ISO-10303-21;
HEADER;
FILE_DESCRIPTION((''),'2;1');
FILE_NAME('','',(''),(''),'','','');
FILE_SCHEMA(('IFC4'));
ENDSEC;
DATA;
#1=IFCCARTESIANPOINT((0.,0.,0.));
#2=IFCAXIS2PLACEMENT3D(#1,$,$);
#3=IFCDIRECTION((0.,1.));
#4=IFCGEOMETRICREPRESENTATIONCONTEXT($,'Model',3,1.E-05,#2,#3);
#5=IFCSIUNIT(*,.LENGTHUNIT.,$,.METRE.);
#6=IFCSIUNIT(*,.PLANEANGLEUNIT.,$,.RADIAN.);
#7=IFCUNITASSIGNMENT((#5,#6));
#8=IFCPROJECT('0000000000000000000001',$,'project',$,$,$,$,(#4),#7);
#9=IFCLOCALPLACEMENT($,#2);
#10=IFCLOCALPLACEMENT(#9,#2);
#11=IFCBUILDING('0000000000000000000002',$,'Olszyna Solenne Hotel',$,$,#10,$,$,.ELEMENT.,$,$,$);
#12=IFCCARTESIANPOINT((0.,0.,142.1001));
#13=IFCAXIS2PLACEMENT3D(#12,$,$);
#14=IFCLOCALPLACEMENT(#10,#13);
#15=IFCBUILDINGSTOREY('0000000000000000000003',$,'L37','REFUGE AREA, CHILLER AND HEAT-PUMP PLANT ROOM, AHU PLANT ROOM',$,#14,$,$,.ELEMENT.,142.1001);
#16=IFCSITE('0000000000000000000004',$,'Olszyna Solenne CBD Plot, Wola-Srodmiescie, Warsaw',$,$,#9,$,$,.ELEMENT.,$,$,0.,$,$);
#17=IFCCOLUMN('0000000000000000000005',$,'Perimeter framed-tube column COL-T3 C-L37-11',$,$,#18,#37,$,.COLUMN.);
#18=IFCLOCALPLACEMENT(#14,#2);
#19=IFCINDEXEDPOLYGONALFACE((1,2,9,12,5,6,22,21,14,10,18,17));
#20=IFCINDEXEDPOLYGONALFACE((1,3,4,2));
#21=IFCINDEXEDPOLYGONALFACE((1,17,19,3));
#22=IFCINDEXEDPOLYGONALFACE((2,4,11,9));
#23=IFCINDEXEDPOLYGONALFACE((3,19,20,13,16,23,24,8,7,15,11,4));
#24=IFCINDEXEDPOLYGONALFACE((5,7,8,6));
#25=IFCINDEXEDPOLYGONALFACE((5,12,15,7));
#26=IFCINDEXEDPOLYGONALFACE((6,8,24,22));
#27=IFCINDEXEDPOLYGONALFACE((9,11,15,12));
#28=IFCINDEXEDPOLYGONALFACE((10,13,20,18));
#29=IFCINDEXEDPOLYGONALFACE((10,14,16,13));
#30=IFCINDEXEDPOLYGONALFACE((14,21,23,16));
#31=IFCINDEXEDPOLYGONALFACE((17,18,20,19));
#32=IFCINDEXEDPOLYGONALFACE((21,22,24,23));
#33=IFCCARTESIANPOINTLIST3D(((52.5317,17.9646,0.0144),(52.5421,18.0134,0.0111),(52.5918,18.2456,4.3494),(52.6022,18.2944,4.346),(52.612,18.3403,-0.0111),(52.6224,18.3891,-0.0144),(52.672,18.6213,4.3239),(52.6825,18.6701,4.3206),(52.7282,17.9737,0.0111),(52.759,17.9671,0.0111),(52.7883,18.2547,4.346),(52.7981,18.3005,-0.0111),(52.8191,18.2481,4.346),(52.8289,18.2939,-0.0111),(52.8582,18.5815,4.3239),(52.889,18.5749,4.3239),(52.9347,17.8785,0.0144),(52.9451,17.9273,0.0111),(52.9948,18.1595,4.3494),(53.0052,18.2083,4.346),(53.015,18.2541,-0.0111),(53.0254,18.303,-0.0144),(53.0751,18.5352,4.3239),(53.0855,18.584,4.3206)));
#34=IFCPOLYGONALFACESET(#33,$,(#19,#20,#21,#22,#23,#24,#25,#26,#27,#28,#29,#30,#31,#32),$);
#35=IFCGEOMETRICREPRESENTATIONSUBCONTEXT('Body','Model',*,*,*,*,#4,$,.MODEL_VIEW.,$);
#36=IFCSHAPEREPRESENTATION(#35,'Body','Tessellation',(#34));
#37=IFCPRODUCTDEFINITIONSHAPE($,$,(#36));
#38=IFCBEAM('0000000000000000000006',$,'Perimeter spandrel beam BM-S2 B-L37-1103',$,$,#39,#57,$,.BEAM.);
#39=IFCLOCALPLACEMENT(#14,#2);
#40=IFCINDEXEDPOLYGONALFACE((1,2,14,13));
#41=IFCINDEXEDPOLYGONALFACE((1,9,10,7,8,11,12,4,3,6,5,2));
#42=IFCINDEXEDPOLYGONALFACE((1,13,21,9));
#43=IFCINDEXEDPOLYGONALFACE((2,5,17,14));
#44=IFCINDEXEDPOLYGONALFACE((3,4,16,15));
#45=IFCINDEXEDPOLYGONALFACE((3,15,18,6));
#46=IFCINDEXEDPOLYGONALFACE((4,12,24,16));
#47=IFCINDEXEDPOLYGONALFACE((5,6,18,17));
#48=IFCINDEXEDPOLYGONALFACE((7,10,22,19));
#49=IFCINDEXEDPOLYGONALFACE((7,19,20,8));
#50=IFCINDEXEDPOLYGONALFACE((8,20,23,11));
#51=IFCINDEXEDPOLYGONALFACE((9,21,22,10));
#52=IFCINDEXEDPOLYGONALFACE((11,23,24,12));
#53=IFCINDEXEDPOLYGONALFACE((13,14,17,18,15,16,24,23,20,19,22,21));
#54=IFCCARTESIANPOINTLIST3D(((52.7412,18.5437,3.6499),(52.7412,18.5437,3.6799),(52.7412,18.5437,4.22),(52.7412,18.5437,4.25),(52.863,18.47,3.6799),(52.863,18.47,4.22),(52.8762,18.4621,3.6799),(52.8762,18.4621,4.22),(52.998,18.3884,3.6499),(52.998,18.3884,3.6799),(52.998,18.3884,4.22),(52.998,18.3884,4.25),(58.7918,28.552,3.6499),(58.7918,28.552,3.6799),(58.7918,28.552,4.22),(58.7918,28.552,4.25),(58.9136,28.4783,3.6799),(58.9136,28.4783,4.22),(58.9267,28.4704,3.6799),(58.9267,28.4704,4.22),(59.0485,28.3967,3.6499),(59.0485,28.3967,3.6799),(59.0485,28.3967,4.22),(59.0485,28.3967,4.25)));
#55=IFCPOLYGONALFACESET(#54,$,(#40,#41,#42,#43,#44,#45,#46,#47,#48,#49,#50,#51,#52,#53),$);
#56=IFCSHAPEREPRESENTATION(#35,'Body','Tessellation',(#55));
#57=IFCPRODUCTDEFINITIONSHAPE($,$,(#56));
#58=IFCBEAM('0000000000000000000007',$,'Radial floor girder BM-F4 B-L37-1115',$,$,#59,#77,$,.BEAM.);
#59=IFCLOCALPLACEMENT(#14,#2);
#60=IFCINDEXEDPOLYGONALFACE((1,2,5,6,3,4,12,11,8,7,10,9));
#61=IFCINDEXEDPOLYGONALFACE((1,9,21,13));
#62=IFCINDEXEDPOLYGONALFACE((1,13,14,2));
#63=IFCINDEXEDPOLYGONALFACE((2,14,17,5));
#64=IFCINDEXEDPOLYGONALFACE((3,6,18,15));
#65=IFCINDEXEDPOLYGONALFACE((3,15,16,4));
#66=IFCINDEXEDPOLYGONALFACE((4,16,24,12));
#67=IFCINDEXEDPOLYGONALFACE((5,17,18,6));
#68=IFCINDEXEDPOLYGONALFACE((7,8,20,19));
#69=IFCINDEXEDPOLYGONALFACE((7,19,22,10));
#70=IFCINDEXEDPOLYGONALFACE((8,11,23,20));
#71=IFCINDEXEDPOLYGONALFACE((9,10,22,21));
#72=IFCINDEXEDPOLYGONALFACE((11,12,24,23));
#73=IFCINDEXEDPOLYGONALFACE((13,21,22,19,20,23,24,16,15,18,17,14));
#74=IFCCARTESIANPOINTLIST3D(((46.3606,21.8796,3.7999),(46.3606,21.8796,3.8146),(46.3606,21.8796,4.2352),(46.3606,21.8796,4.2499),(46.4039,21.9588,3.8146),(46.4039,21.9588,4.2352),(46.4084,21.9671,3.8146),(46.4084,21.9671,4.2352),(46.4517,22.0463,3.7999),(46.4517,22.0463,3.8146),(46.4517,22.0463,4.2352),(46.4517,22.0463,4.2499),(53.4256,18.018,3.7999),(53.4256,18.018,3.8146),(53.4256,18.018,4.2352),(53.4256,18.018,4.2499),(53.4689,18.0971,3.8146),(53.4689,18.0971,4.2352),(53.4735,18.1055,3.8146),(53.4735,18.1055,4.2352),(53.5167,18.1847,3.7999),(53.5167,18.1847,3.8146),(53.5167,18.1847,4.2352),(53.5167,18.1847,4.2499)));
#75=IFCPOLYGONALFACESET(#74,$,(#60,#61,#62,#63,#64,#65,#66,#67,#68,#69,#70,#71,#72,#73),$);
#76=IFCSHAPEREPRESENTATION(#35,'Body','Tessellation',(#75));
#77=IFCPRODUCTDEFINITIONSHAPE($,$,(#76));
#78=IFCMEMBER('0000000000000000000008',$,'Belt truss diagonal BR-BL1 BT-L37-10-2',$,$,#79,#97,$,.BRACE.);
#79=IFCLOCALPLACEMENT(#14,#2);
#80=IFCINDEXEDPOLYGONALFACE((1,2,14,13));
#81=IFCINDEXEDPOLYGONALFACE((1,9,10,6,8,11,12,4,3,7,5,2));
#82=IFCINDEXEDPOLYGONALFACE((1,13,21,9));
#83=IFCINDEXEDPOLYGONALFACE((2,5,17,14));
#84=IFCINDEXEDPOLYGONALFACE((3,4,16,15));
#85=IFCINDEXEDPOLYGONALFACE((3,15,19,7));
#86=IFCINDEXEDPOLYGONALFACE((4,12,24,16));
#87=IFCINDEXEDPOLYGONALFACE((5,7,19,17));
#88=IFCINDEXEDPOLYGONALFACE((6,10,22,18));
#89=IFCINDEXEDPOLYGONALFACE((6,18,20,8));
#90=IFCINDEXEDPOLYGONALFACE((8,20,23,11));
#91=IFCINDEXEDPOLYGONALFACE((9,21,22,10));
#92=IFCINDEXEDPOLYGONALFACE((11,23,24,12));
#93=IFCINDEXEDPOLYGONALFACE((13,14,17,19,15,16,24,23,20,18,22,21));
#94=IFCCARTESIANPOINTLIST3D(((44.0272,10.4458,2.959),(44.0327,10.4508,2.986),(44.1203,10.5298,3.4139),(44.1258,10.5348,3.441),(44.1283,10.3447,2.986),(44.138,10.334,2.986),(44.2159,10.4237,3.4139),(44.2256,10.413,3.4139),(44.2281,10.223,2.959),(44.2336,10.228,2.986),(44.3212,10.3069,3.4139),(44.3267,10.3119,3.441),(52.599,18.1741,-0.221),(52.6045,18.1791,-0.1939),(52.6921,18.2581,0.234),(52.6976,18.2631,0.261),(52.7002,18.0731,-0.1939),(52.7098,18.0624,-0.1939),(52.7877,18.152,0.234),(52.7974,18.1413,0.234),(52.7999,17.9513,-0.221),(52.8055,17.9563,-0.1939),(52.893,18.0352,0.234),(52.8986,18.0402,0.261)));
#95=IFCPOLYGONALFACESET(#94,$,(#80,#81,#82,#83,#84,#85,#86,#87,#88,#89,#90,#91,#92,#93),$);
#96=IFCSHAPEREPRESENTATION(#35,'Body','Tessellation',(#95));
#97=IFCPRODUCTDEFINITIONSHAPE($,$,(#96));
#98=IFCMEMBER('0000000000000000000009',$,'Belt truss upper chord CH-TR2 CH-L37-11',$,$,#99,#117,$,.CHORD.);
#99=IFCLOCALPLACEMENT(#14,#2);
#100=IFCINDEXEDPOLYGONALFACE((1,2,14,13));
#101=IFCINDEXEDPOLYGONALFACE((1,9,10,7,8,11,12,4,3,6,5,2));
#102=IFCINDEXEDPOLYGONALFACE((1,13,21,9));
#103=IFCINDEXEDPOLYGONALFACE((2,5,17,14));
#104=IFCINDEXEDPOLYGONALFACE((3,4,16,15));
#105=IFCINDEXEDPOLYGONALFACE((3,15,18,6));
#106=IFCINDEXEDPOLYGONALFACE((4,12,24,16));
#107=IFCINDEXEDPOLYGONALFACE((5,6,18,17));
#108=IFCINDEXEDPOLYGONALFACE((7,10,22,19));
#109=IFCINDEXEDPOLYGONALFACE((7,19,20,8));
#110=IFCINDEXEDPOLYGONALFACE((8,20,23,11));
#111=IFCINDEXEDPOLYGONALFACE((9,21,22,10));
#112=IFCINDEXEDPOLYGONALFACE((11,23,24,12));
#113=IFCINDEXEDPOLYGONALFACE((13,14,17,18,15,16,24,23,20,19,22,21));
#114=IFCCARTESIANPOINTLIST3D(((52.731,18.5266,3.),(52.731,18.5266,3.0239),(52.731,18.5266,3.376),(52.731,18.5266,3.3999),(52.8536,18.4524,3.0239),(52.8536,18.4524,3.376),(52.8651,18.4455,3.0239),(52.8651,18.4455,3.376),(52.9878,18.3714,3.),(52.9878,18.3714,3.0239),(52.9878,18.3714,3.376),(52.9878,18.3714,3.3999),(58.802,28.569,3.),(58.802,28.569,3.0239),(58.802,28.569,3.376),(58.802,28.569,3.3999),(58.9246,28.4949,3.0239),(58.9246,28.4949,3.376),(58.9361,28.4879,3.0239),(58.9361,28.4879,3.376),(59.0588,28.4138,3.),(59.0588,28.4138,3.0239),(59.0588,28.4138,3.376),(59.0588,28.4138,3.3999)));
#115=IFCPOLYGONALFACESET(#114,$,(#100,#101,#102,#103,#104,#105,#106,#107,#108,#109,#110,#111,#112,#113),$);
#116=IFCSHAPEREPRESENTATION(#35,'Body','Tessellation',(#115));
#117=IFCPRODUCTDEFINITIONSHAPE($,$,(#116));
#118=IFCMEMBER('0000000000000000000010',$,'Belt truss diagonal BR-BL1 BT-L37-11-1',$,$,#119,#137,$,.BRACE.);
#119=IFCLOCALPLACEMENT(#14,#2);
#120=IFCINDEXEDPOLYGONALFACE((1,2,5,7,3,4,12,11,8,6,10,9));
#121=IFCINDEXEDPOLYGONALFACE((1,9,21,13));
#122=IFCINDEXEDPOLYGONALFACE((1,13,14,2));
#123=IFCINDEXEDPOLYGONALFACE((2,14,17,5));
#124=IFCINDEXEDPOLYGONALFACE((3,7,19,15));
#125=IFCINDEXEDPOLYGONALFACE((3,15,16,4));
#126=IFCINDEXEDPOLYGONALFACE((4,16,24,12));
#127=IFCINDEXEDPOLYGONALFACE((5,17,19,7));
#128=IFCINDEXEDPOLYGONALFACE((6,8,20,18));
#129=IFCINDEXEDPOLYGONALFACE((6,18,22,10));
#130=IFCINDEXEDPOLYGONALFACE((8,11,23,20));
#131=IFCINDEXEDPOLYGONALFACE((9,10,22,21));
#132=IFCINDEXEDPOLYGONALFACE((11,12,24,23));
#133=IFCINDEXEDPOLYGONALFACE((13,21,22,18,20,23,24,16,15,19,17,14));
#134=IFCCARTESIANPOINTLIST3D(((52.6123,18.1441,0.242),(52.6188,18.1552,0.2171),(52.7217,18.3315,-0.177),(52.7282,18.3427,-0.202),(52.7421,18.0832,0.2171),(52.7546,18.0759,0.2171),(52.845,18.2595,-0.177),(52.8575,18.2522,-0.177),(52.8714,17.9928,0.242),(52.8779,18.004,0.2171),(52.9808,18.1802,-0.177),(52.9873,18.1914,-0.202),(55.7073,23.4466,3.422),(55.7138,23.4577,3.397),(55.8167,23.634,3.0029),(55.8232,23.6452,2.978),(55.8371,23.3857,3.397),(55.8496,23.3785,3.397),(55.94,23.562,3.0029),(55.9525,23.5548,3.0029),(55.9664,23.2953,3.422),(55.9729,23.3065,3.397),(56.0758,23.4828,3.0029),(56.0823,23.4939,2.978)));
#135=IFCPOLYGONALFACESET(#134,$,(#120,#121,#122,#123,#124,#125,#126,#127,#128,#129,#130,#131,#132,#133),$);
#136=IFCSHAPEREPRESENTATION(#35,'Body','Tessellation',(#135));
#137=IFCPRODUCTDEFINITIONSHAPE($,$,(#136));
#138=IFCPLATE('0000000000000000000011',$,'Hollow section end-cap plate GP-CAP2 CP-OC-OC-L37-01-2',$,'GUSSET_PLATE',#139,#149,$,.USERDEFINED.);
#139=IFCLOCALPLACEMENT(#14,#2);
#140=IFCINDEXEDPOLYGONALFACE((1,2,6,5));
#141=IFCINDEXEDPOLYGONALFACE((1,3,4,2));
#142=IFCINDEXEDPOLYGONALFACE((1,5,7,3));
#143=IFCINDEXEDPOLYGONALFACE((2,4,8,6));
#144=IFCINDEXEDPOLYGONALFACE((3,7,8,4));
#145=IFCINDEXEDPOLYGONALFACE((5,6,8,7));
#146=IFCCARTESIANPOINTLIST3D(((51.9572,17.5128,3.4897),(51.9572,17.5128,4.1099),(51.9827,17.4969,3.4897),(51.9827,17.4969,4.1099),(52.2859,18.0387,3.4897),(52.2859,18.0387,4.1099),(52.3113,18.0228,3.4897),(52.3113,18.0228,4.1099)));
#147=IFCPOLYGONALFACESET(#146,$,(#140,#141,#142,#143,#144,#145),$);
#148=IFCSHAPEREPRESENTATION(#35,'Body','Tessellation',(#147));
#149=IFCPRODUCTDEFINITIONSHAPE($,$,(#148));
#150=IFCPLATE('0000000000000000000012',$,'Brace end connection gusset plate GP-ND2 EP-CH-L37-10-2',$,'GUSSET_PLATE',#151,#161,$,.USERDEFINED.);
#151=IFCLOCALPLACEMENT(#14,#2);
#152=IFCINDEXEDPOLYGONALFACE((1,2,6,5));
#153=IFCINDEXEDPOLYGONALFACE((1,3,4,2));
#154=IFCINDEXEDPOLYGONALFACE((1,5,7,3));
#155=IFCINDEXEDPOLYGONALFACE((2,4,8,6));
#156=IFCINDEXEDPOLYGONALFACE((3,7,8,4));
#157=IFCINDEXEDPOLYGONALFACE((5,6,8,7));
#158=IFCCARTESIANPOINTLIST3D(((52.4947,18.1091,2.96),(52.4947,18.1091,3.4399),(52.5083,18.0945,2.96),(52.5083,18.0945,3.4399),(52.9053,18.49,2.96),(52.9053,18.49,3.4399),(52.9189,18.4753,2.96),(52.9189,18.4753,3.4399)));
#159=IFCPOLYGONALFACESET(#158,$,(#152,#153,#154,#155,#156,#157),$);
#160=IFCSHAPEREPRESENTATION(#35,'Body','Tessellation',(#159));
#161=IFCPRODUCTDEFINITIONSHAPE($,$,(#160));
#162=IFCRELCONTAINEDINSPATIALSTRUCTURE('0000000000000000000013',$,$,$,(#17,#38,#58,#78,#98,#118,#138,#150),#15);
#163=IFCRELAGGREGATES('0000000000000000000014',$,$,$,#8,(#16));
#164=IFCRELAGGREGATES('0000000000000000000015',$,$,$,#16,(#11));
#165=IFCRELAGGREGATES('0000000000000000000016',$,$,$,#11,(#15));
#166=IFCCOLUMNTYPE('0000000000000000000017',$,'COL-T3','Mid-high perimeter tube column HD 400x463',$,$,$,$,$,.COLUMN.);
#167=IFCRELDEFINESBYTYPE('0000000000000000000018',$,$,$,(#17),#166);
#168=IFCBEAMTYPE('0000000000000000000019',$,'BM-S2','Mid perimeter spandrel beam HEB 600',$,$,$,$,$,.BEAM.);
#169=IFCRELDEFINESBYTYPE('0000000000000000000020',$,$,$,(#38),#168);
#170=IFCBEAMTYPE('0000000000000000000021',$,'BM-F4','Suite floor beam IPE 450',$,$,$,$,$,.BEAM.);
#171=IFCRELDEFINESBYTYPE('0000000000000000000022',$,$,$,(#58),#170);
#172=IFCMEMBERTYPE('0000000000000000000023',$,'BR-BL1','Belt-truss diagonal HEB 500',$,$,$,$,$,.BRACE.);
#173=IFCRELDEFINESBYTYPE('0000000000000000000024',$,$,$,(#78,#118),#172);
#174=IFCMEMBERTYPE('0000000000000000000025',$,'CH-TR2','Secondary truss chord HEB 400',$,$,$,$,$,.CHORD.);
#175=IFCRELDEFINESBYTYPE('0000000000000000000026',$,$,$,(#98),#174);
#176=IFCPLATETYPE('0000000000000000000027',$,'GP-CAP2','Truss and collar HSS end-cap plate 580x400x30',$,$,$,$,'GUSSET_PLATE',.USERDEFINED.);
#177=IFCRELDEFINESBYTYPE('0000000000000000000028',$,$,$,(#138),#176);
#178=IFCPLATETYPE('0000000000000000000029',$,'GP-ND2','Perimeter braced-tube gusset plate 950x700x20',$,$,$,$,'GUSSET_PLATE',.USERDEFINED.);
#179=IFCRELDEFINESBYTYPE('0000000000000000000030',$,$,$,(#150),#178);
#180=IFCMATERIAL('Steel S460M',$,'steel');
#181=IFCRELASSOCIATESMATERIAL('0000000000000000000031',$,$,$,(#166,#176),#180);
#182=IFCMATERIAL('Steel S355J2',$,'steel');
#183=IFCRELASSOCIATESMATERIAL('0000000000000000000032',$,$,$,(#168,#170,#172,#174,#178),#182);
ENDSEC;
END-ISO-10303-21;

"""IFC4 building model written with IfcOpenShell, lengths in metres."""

from ifc_helpers import new_model, si_unit, direction, frame, origin, origin_2d, place, context, subcontext, project, spatial, rectangle, i_section, extrude, source, transform, mapped, material, material_profile, profile_set, type_object, element, save


model = new_model("IFC4")

# Units and contexts
model_context = context("Model", 3, precision=1e-05, world=origin(), true_north=direction((0.0, 1.0)))
body_context = subcontext(model_context, "Body", "Model", "MODEL_VIEW")
ifc_project = project(units=[si_unit("LENGTHUNIT", "METRE"), si_unit("PLANEANGLEUNIT", "RADIAN")], contexts=[model_context])

# Site, building, storey
site_placement = place(None, origin())
site = spatial("IfcSite", under=ifc_project, at=site_placement, Name="Olszyna Solenne CBD Plot, Wola-Srodmiescie, Warsaw", CompositionType="ELEMENT", RefElevation=0.0)
building_placement = place(site_placement, origin())
building = spatial("IfcBuilding", under=site, at=building_placement, Name="Olszyna Solenne Hotel", CompositionType="ELEMENT")
storey_placement = place(building_placement, frame((0.0, 0.0, 142.1001)))
storey = spatial("IfcBuildingStorey", under=building, at=storey_placement, Name="L37", Description="REFUGE AREA, CHILLER AND HEAT-PUMP PLANT ROOM, AHU PLANT ROOM", CompositionType="ELEMENT", Elevation=142.1001)

# Column
ifc_material_1 = material(Name="Steel S460M", Category="steel")
ifc_material_profile_1 = material_profile(ifc_material_1, i_section(OverallWidth=0.4121, OverallDepth=0.4351, WebThickness=0.0315, FlangeThickness=0.05, at=origin_2d()), Name="HD 400x463", Category="load-bearing")
ifc_profile_set_1 = profile_set([ifc_material_profile_1], Name="Steel S460M")
column_type = type_object("IfcColumnType", Name="COL-T3", Description="Mid-high perimeter tube column HD 400x463", PredefinedType="COLUMN", material=ifc_profile_set_1)
shared_shape_1 = source(origin(), body_context, "Body", "SweptSolid", [
    extrude(i_section(OverallWidth=0.4121, OverallDepth=0.4351, WebThickness=0.0315, FlangeThickness=0.05, at=origin_2d()), origin(), (0.0, 0.0, 1.0), 4.3445),
])
column_placement = place(storey_placement, frame((52.7786, 18.1338, 0.0), z_axis=(0.013824, 0.064681, 0.99781), x_axis=(-0.977914, 0.209007, 0.0)))
element("IfcColumn", 1, at=column_placement, inside=storey, type_object=column_type, Name="Perimeter framed-tube column COL-T3 C-L37-11", PredefinedType="COLUMN", context=body_context, shape_type="MappedRepresentation", body=[
    mapped(shared_shape_1, transform((0.0, 0.0, 0.0), x_axis=(1.0, 0.0, 0.0), y_axis=(0.0, 1.0, 0.0), z_axis=(0.0, 0.0, 1.0), scale=1.0)),
])

# Beams
ifc_material_2 = material(Name="Steel S355J2", Category="steel")
ifc_material_profile_2 = material_profile(ifc_material_2, i_section(OverallWidth=0.3, OverallDepth=0.6001, WebThickness=0.0154, FlangeThickness=0.03, at=origin_2d()), Name="HEB 600", Category="load-bearing")
ifc_profile_set_2 = profile_set([ifc_material_profile_2], Name="Steel S355J2")
beam_type_1 = type_object("IfcBeamType", Name="BM-S2", Description="Mid perimeter spandrel beam HEB 600", PredefinedType="BEAM", material=ifc_profile_set_2)
shared_shape_2 = source(origin(), body_context, "Body", "SweptSolid", [
    extrude(i_section(OverallWidth=0.3, OverallDepth=0.6001, WebThickness=0.0154, FlangeThickness=0.03, at=origin_2d()), origin(), (0.0, 0.0, 1.0), 11.6951),
])
beam_1_placement = place(storey_placement, frame((52.8696, 18.4661, 3.95), z_axis=(0.517357, 0.85577, 0.0), x_axis=(-0.85577, 0.517357, 0.0)))
element("IfcBeam", 2, at=beam_1_placement, inside=storey, type_object=beam_type_1, Name="Perimeter spandrel beam BM-S2 B-L37-1103", PredefinedType="BEAM", context=body_context, shape_type="MappedRepresentation", body=[
    mapped(shared_shape_2, transform((0.0, 0.0, 0.0), x_axis=(1.0, 0.0, 0.0), y_axis=(0.0, 1.0, 0.0), z_axis=(0.0, 0.0, 1.0), scale=1.0)),
])
ifc_material_profile_3 = material_profile(ifc_material_2, i_section(OverallWidth=0.1899, OverallDepth=0.45, WebThickness=0.0095, FlangeThickness=0.0146, at=origin_2d()), Name="IPE 450", Category="load-bearing")
ifc_profile_set_3 = profile_set([ifc_material_profile_3], Name="Steel S355J2")
beam_type_2 = type_object("IfcBeamType", Name="BM-F4", Description="Suite floor beam IPE 450", PredefinedType="BEAM", material=ifc_profile_set_3)
shared_shape_3 = source(origin(), body_context, "Body", "SweptSolid", [
    extrude(i_section(OverallWidth=0.1899, OverallDepth=0.45, WebThickness=0.0095, FlangeThickness=0.0146, at=origin_2d()), origin(), (0.0, 0.0, 1.0), 8.0515),
])
beam_2_placement = place(storey_placement, frame((53.4712, 18.1013, 4.0249), z_axis=(-0.877479, 0.479615, 0.0), x_axis=(-0.479615, -0.877479, 0.0)))
element("IfcBeam", 3, at=beam_2_placement, inside=storey, type_object=beam_type_2, Name="Radial floor girder BM-F4 B-L37-1115", PredefinedType="BEAM", context=body_context, shape_type="MappedRepresentation", body=[
    mapped(shared_shape_3, transform((0.0, 0.0, 0.0), x_axis=(1.0, 0.0, 0.0), y_axis=(0.0, 1.0, 0.0), z_axis=(0.0, 0.0, 1.0), scale=1.0)),
])

# Members
ifc_material_profile_4 = material_profile(ifc_material_2, i_section(OverallWidth=0.3, OverallDepth=0.5, WebThickness=0.0144, FlangeThickness=0.0281, at=origin_2d()), Name="HEB 500", Category="load-bearing")
ifc_profile_set_4 = profile_set([ifc_material_profile_4], Name="Steel S355J2")
member_type_1 = type_object("IfcMemberType", Name="BR-BL1", Description="Belt-truss diagonal HEB 500", PredefinedType="BRACE", material=ifc_profile_set_4)
shared_shape_4 = source(origin(), body_context, "Body", "SweptSolid", [
    extrude(i_section(OverallWidth=0.3, OverallDepth=0.5, WebThickness=0.0144, FlangeThickness=0.0281, at=origin_2d()), origin(), (0.0, 0.0, 1.0), 11.9714),
])
member_1_placement = place(storey_placement, frame((52.7488, 18.1072, 0.02), z_axis=(-0.716024, -0.645563, 0.265628), x_axis=(0.669619, -0.742705, 0.0)))
element("IfcMember", 4, at=member_1_placement, inside=storey, type_object=member_type_1, Name="Belt truss diagonal BR-BL1 BT-L37-10-2", PredefinedType="BRACE", context=body_context, shape_type="MappedRepresentation", body=[
    mapped(shared_shape_4, transform((0.0, 0.0, 0.0), x_axis=(1.0, 0.0, 0.0), y_axis=(0.0, 1.0, 0.0), z_axis=(0.0, 0.0, 1.0), scale=1.0)),
])
ifc_material_profile_5 = material_profile(ifc_material_2, i_section(OverallWidth=0.3, OverallDepth=0.3999, WebThickness=0.0134, FlangeThickness=0.0239, at=origin_2d()), Name="HEB 400", Category="load-bearing")
ifc_profile_set_5 = profile_set([ifc_material_profile_5], Name="Steel S355J2")
member_type_2 = type_object("IfcMemberType", Name="CH-TR2", Description="Secondary truss chord HEB 400", PredefinedType="CHORD", material=ifc_profile_set_5)
shared_shape_5 = source(origin(), body_context, "Body", "SweptSolid", [
    extrude(i_section(OverallWidth=0.3, OverallDepth=0.3999, WebThickness=0.0134, FlangeThickness=0.0239, at=origin_2d()), origin(), (0.0, 0.0, 1.0), 11.7349),
])
member_2_placement = place(storey_placement, frame((52.8594, 18.449, 3.2), z_axis=(0.517347, 0.855775, 0.0), x_axis=(-0.855775, 0.517347, 0.0)))
element("IfcMember", 5, at=member_2_placement, inside=storey, type_object=member_type_2, Name="Belt truss upper chord CH-TR2 CH-L37-11", PredefinedType="CHORD", context=body_context, shape_type="MappedRepresentation", body=[
    mapped(shared_shape_5, transform((0.0, 0.0, 0.0), x_axis=(1.0, 0.0, 0.0), y_axis=(0.0, 1.0, 0.0), z_axis=(0.0, 0.0, 1.0), scale=1.0)),
])
shared_shape_6 = source(origin(), body_context, "Body", "SweptSolid", [
    extrude(i_section(OverallWidth=0.3, OverallDepth=0.5, WebThickness=0.0144, FlangeThickness=0.0281, at=origin_2d()), origin(), (0.0, 0.0, 1.0), 6.9143),
])
member_3_placement = place(storey_placement, frame((52.7998, 18.1677, 0.02), z_axis=(0.44762, 0.76689, 0.459908), x_axis=(-0.863648, 0.504096, 0.0)))
element("IfcMember", 6, at=member_3_placement, inside=storey, type_object=member_type_1, Name="Belt truss diagonal BR-BL1 BT-L37-11-1", PredefinedType="BRACE", context=body_context, shape_type="MappedRepresentation", body=[
    mapped(shared_shape_6, transform((0.0, 0.0, 0.0), x_axis=(1.0, 0.0, 0.0), y_axis=(0.0, 1.0, 0.0), z_axis=(0.0, 0.0, 1.0), scale=1.0)),
])

# Plates
plate_type_1 = type_object("IfcPlateType", Name="GP-CAP2", Description="Truss and collar HSS end-cap plate 580x400x30", ElementType="GUSSET_PLATE", PredefinedType="USERDEFINED", material=ifc_material_1)
shared_shape_7 = source(origin(), body_context, "Body", "SweptSolid", [
    extrude(rectangle(XDim=0.03, YDim=0.6201, at=origin_2d()), origin(), (0.0, 0.0, 1.0), 0.6201),
])
plate_1_placement = place(storey_placement, frame((52.1343, 17.7678, 3.4897), z_axis=(0.0, 0.0, 1.0), x_axis=(0.848048, -0.529919, 0.0)))
element("IfcPlate", 7, at=plate_1_placement, inside=storey, type_object=plate_type_1, Name="Hollow section end-cap plate GP-CAP2 CP-OC-OC-L37-01-2", ObjectType="GUSSET_PLATE", PredefinedType="USERDEFINED", context=body_context, shape_type="MappedRepresentation", body=[
    mapped(shared_shape_7, transform((0.0, 0.0, 0.0), x_axis=(1.0, 0.0, 0.0), y_axis=(0.0, 1.0, 0.0), z_axis=(0.0, 0.0, 1.0), scale=1.0)),
])
plate_type_2 = type_object("IfcPlateType", Name="GP-ND2", Description="Perimeter braced-tube gusset plate 950x700x20", ElementType="GUSSET_PLATE", PredefinedType="USERDEFINED", material=ifc_material_2)
shared_shape_8 = source(origin(), body_context, "Body", "SweptSolid", [
    extrude(rectangle(XDim=0.5601, YDim=0.02, at=origin_2d()), origin(), (0.0, 0.0, 1.0), 0.48),
])
for number, where, z_axis, x_axis, name in (
    (8, (52.7068, 18.2922, 2.96), (0.0, 0.0, 1.0), (0.733137, 0.680081, 0.0), "Brace end connection gusset plate GP-ND2 EP-CH-L37-10-2"),
):
    element("IfcPlate", number, at=place(storey_placement, frame(where, z_axis=z_axis, x_axis=x_axis)), inside=storey, type_object=plate_type_2, Name=name, ObjectType="GUSSET_PLATE", PredefinedType="USERDEFINED", context=body_context, shape_type="MappedRepresentation", body=[
        mapped(shared_shape_8, transform((0.0, 0.0, 0.0), x_axis=(1.0, 0.0, 0.0), y_axis=(0.0, 1.0, 0.0), z_axis=(0.0, 0.0, 1.0), scale=1.0)),
    ])

save(model, "model.ifc")
